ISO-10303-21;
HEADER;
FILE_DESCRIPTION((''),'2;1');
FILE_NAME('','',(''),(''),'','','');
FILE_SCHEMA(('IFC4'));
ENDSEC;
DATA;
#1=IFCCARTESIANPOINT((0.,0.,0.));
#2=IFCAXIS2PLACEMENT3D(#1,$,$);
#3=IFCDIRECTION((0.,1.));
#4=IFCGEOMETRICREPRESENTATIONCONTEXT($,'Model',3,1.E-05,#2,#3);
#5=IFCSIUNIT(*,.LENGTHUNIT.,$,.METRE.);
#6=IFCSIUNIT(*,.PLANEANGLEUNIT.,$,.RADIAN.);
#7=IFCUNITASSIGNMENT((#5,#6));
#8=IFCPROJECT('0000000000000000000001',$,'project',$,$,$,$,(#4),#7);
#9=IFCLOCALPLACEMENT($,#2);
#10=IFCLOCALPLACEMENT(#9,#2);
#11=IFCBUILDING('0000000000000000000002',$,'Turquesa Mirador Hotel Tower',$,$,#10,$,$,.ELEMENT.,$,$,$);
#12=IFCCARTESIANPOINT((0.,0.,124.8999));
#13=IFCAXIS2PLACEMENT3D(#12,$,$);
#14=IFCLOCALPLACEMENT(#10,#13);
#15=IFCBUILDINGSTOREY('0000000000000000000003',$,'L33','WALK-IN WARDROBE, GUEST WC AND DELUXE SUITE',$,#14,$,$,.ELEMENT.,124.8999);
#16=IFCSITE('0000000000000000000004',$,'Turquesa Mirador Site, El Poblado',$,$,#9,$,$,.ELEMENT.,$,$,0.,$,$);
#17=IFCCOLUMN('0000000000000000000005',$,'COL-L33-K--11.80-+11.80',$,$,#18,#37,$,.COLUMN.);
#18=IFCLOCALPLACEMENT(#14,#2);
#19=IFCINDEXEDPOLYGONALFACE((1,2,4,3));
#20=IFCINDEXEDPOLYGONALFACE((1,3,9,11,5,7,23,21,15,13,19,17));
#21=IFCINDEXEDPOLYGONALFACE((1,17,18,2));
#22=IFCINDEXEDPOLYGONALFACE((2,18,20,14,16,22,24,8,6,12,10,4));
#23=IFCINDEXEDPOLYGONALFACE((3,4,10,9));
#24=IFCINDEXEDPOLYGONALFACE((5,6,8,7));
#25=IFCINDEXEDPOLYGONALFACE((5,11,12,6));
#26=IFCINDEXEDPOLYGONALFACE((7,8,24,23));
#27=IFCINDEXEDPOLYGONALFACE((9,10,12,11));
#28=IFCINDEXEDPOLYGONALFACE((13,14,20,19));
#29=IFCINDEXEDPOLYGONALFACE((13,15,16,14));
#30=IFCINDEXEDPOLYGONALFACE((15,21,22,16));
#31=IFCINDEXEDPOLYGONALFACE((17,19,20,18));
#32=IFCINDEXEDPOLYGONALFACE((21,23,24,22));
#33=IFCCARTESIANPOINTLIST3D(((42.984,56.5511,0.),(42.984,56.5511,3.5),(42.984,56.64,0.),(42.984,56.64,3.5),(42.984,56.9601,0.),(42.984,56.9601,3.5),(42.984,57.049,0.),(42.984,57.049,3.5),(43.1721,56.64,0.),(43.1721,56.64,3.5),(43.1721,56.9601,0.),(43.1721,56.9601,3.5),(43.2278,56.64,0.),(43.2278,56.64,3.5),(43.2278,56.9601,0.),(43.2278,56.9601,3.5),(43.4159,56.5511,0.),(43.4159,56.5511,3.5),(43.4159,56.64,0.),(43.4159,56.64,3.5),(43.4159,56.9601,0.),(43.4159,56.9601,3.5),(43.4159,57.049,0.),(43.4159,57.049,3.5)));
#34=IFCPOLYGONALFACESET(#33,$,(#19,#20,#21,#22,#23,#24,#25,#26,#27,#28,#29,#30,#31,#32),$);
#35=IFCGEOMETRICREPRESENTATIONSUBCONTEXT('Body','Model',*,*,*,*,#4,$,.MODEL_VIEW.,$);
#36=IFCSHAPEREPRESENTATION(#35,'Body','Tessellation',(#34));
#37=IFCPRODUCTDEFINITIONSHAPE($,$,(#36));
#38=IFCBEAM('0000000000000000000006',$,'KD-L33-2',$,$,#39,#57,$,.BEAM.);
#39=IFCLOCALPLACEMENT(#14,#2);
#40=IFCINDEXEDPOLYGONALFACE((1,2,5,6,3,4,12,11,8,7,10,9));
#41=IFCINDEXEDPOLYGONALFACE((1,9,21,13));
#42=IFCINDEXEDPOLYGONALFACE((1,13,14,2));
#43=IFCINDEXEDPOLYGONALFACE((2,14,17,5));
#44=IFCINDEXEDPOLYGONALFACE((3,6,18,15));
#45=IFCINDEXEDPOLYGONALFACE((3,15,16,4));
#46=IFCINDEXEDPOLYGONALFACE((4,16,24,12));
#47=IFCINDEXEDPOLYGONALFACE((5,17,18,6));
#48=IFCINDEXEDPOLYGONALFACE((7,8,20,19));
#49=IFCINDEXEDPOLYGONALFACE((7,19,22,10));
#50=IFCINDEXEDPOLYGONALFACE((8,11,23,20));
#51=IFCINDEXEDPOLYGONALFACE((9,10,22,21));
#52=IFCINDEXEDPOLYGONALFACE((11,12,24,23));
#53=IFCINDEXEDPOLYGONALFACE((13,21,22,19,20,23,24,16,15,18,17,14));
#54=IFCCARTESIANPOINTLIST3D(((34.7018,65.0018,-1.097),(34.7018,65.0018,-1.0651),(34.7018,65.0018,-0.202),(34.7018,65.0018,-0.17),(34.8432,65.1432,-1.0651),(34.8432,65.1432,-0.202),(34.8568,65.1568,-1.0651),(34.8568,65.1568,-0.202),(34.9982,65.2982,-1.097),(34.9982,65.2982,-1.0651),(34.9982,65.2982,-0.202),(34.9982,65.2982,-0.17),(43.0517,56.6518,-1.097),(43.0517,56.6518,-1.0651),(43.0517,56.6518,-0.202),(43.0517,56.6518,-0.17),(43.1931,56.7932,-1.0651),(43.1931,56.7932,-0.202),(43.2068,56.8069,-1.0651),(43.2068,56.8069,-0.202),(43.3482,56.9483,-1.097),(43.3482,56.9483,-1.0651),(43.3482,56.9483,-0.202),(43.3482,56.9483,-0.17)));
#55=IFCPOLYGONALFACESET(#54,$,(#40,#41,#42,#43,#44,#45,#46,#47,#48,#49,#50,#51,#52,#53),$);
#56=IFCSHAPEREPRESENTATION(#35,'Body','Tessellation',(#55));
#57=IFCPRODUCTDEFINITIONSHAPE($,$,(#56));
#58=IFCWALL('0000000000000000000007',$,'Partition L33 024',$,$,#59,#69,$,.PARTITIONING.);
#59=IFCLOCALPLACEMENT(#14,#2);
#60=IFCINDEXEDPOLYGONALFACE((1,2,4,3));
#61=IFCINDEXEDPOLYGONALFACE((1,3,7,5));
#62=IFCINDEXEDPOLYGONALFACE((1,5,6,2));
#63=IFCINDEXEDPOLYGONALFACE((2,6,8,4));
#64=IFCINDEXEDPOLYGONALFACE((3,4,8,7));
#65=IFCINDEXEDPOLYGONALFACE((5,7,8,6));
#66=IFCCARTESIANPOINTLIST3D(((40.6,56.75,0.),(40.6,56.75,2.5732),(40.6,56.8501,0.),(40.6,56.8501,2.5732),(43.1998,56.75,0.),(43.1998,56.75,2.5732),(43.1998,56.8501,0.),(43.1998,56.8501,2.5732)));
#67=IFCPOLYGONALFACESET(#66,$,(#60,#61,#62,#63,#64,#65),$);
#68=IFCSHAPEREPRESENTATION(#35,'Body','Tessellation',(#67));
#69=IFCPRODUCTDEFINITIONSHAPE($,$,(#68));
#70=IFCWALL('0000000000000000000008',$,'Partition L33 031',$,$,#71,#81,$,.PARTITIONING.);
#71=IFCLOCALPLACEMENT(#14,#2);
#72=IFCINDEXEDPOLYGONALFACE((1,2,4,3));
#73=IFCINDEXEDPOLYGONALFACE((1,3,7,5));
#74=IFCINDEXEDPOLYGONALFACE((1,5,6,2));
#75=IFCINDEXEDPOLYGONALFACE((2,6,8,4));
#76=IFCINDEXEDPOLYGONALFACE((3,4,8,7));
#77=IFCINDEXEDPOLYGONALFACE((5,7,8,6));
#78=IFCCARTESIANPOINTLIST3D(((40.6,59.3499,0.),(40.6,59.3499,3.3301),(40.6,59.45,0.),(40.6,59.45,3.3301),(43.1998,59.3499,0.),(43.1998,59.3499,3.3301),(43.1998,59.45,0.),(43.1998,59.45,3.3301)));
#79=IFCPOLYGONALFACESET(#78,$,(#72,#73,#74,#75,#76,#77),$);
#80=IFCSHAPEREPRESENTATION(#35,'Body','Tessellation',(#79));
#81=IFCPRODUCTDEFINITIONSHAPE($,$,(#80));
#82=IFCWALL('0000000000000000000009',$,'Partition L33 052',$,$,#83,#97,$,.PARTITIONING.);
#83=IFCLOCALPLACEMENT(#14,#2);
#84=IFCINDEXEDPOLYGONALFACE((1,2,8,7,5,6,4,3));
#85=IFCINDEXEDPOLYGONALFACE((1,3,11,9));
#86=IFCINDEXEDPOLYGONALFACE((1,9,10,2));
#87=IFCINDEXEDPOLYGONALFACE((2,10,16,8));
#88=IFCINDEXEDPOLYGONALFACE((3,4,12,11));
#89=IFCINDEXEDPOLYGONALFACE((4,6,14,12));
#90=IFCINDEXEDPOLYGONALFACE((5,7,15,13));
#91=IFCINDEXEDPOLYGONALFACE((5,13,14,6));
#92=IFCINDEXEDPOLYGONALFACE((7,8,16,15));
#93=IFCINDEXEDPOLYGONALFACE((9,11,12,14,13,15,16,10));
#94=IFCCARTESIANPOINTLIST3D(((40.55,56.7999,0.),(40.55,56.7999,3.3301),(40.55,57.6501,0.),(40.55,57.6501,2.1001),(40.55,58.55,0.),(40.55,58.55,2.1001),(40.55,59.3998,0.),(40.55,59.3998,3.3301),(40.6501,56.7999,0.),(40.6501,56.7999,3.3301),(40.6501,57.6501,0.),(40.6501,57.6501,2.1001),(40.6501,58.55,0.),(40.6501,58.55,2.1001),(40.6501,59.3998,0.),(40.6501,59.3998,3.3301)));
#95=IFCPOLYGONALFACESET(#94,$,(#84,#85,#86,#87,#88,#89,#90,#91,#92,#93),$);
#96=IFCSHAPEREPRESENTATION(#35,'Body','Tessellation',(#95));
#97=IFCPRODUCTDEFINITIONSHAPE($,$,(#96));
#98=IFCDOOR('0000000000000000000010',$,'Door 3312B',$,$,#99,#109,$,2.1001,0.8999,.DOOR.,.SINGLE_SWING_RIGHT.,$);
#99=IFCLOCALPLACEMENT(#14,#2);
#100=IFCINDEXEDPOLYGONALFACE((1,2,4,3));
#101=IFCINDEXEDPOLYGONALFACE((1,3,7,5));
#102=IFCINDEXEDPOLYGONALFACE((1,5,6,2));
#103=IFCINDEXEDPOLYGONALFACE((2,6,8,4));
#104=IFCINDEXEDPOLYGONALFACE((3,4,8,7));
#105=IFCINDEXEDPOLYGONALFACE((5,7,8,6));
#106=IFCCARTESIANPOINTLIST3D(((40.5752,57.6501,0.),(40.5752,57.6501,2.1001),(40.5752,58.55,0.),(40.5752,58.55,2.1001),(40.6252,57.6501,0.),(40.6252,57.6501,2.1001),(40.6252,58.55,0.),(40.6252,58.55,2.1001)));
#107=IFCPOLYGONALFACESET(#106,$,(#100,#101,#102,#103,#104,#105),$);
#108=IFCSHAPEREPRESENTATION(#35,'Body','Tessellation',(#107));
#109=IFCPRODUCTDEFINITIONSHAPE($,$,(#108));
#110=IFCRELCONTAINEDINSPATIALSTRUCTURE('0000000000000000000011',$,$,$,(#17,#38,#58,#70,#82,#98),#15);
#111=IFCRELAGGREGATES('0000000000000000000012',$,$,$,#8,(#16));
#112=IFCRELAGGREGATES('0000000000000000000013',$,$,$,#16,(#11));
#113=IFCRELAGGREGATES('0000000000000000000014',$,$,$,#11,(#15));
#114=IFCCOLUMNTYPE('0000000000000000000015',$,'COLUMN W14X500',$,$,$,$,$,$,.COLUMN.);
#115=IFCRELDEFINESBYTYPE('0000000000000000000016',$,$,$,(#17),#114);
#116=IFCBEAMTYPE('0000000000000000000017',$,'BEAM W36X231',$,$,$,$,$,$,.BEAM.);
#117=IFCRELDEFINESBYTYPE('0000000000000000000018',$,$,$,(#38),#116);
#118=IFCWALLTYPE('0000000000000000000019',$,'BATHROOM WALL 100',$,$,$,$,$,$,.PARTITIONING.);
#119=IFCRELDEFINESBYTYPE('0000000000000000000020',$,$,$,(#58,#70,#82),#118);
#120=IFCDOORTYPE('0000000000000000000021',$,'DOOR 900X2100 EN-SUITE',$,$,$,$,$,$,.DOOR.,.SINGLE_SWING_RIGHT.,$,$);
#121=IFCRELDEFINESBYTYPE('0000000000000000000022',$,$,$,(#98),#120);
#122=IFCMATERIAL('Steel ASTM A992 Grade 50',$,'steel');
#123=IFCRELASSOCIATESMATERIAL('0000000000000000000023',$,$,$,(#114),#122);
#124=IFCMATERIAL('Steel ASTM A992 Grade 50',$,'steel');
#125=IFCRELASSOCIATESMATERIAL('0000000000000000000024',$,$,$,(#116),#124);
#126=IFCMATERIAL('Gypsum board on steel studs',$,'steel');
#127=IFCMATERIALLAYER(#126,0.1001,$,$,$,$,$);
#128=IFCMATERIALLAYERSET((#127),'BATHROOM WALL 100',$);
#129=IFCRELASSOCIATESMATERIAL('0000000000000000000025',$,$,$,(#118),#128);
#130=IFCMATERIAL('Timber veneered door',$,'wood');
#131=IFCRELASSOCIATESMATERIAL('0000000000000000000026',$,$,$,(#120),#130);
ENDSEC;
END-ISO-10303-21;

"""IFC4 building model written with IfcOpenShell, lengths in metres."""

from ifc_helpers import new_model, si_unit, direction, frame, frame_2d, origin, origin_2d, place, context, subcontext, project, spatial, rectangle, i_section, extrude, material, layer, layer_set, material_profile, profile_set, type_object, element, fill, save


model = new_model("IFC4")

# Units and contexts
model_context = context("Model", 3, precision=1e-05, world=origin(), true_north=direction((0.0, 1.0)))
body_context = subcontext(model_context, "Body", "Model", "MODEL_VIEW")
ifc_project = project(units=[si_unit("LENGTHUNIT", "METRE"), si_unit("PLANEANGLEUNIT", "RADIAN")], contexts=[model_context])

# Site, building, storey
site_placement = place(None, origin())
site = spatial("IfcSite", under=ifc_project, at=site_placement, Name="Turquesa Mirador Site, El Poblado", CompositionType="ELEMENT", RefElevation=0.0)
building_placement = place(site_placement, origin())
building = spatial("IfcBuilding", under=site, at=building_placement, Name="Turquesa Mirador Hotel Tower", CompositionType="ELEMENT")
storey_placement = place(building_placement, frame((0.0, 0.0, 124.8999)))
storey = spatial("IfcBuildingStorey", under=building, at=storey_placement, Name="L33", Description="WALK-IN WARDROBE, GUEST WC AND DELUXE SUITE", CompositionType="ELEMENT", Elevation=124.8999)

# Column
ifc_material_1 = material(Name="Steel ASTM A992 Grade 50", Category="steel")
ifc_material_profile_1 = material_profile(ifc_material_1, i_section(OverallWidth=0.4319, OverallDepth=0.4978, WebThickness=0.0557, FlangeThickness=0.0889, at=origin_2d()), Name="W14X500")
ifc_profile_set_1 = profile_set([ifc_material_profile_1], Name="Steel ASTM A992 Grade 50")
column_type = type_object("IfcColumnType", Name="COLUMN W14X500", PredefinedType="COLUMN", material=ifc_profile_set_1)
column_placement = place(storey_placement, frame((43.2, 56.8, 0.0), z_axis=(0.0, 0.0, 1.0), x_axis=(1.0, 0.0, 0.0)))
element("IfcColumn", 1, at=column_placement, inside=storey, type_object=column_type, Name="COL-L33-K--11.80-+11.80", PredefinedType="COLUMN", context=body_context, shape_type="SweptSolid", body=[
    extrude(i_section(OverallWidth=0.4319, OverallDepth=0.4978, WebThickness=0.0557, FlangeThickness=0.0889, at=origin_2d()), origin(), (0.0, 0.0, 1.0), 3.5),
])

# Beam
ifc_material_2 = material(Name="Steel ASTM A992 Grade 50", Category="steel")
ifc_material_profile_2 = material_profile(ifc_material_2, i_section(OverallWidth=0.4192, OverallDepth=0.927, WebThickness=0.0193, FlangeThickness=0.032, at=origin_2d()), Name="W36X231")
ifc_profile_set_2 = profile_set([ifc_material_profile_2], Name="Steel ASTM A992 Grade 50")
beam_type = type_object("IfcBeamType", Name="BEAM W36X231", PredefinedType="BEAM", material=ifc_profile_set_2)
beam_placement = place(storey_placement, frame((43.2, 56.8, -0.6335), z_axis=(-0.707107, 0.707107, 0.0), x_axis=(-0.707107, -0.707107, 0.0)))
element("IfcBeam", 2, at=beam_placement, inside=storey, type_object=beam_type, Name="KD-L33-2", PredefinedType="BEAM", context=body_context, shape_type="SweptSolid", body=[
    extrude(i_section(OverallWidth=0.4192, OverallDepth=0.927, WebThickness=0.0193, FlangeThickness=0.032, at=origin_2d()), origin(), (0.0, 0.0, 1.0), 11.8086),
])

# Walls
ifc_material_3 = material(Name="Gypsum board on steel studs", Category="steel")
ifc_layer_1 = layer(ifc_material_3, 0.1001)
ifc_layer_set_1 = layer_set([ifc_layer_1], Name="BATHROOM WALL 100")
wall_type_1 = type_object("IfcWallType", Name="BATHROOM WALL 100", PredefinedType="PARTITIONING", material=ifc_layer_set_1)
wall_1_placement = place(storey_placement, frame((40.6001, 56.8, 0.0), z_axis=(0.0, 0.0, 1.0), x_axis=(1.0, 0.0, 0.0)))
element("IfcWall", 3, at=wall_1_placement, inside=storey, type_object=wall_type_1, Name="Partition L33 024", PredefinedType="PARTITIONING", context=body_context, shape_type="SweptSolid", body=[
    extrude(rectangle(XDim=2.5999, YDim=0.1001, at=frame_2d((1.2998, 0.0))), origin(), (0.0, 0.0, 1.0), 2.5732),
])
wall_2_placement = place(storey_placement, frame((40.6001, 59.3999, 0.0), z_axis=(0.0, 0.0, 1.0), x_axis=(1.0, 0.0, 0.0)))
element("IfcWall", 4, at=wall_2_placement, inside=storey, type_object=wall_type_1, Name="Partition L33 031", PredefinedType="PARTITIONING", context=body_context, shape_type="SweptSolid", body=[
    extrude(rectangle(XDim=2.5999, YDim=0.1001, at=frame_2d((1.2998, 0.0))), origin(), (0.0, 0.0, 1.0), 3.3301),
])

# Wall, opening, door
wall_3_placement = place(storey_placement, frame((40.6001, 56.8, 0.0), z_axis=(0.0, 0.0, 1.0), x_axis=(0.0, 1.0, 0.0)))
wall_3 = element("IfcWall", 5, at=wall_3_placement, inside=storey, type_object=wall_type_1, Name="Partition L33 052", PredefinedType="PARTITIONING", context=body_context, shape_type="SweptSolid", body=[
    extrude(rectangle(XDim=2.5999, YDim=0.1001, at=frame_2d((1.2998, 0.0))), origin(), (0.0, 0.0, 1.0), 3.3301),
])
opening_1_placement = place(wall_3_placement, frame((0.8501, 0.0, 0.0)))
opening_1 = element("IfcOpeningElement", 6, at=opening_1_placement, cuts=wall_3, PredefinedType="OPENING", context=body_context, shape_type="SweptSolid", body=[
    extrude(rectangle(XDim=0.8999, YDim=2.1001, at=frame_2d((0.45, 1.05))), frame((0.0, 0.0601, 0.0), z_axis=(0.0, -1.0, 0.0), x_axis=(1.0, 0.0, 0.0)), (0.0, 0.0, 1.0), 0.1201),
])
ifc_material_4 = material(Name="Timber veneered door", Category="wood")
door_type_1 = type_object("IfcDoorType", Name="DOOR 900X2100 EN-SUITE", OperationType="SINGLE_SWING_RIGHT", PredefinedType="DOOR", material=ifc_material_4)
door_1_placement = place(opening_1_placement, origin())
door_1 = element("IfcDoor", 7, at=door_1_placement, inside=storey, type_object=door_type_1, Name="Door 3312B", OperationType="SINGLE_SWING_RIGHT", OverallHeight=2.1001, OverallWidth=0.8999, PredefinedType="DOOR", context=body_context, shape_type="SweptSolid", body=[
    extrude(rectangle(XDim=0.8999, YDim=2.1001, at=frame_2d((0.45, 1.05))), frame((0.0, 0.0249, 0.0), z_axis=(0.0, -1.0, 0.0), x_axis=(1.0, 0.0, 0.0)), (0.0, 0.0, 1.0), 0.05),
])
fill(opening_1, door_1)

save(model, "model.ifc")
